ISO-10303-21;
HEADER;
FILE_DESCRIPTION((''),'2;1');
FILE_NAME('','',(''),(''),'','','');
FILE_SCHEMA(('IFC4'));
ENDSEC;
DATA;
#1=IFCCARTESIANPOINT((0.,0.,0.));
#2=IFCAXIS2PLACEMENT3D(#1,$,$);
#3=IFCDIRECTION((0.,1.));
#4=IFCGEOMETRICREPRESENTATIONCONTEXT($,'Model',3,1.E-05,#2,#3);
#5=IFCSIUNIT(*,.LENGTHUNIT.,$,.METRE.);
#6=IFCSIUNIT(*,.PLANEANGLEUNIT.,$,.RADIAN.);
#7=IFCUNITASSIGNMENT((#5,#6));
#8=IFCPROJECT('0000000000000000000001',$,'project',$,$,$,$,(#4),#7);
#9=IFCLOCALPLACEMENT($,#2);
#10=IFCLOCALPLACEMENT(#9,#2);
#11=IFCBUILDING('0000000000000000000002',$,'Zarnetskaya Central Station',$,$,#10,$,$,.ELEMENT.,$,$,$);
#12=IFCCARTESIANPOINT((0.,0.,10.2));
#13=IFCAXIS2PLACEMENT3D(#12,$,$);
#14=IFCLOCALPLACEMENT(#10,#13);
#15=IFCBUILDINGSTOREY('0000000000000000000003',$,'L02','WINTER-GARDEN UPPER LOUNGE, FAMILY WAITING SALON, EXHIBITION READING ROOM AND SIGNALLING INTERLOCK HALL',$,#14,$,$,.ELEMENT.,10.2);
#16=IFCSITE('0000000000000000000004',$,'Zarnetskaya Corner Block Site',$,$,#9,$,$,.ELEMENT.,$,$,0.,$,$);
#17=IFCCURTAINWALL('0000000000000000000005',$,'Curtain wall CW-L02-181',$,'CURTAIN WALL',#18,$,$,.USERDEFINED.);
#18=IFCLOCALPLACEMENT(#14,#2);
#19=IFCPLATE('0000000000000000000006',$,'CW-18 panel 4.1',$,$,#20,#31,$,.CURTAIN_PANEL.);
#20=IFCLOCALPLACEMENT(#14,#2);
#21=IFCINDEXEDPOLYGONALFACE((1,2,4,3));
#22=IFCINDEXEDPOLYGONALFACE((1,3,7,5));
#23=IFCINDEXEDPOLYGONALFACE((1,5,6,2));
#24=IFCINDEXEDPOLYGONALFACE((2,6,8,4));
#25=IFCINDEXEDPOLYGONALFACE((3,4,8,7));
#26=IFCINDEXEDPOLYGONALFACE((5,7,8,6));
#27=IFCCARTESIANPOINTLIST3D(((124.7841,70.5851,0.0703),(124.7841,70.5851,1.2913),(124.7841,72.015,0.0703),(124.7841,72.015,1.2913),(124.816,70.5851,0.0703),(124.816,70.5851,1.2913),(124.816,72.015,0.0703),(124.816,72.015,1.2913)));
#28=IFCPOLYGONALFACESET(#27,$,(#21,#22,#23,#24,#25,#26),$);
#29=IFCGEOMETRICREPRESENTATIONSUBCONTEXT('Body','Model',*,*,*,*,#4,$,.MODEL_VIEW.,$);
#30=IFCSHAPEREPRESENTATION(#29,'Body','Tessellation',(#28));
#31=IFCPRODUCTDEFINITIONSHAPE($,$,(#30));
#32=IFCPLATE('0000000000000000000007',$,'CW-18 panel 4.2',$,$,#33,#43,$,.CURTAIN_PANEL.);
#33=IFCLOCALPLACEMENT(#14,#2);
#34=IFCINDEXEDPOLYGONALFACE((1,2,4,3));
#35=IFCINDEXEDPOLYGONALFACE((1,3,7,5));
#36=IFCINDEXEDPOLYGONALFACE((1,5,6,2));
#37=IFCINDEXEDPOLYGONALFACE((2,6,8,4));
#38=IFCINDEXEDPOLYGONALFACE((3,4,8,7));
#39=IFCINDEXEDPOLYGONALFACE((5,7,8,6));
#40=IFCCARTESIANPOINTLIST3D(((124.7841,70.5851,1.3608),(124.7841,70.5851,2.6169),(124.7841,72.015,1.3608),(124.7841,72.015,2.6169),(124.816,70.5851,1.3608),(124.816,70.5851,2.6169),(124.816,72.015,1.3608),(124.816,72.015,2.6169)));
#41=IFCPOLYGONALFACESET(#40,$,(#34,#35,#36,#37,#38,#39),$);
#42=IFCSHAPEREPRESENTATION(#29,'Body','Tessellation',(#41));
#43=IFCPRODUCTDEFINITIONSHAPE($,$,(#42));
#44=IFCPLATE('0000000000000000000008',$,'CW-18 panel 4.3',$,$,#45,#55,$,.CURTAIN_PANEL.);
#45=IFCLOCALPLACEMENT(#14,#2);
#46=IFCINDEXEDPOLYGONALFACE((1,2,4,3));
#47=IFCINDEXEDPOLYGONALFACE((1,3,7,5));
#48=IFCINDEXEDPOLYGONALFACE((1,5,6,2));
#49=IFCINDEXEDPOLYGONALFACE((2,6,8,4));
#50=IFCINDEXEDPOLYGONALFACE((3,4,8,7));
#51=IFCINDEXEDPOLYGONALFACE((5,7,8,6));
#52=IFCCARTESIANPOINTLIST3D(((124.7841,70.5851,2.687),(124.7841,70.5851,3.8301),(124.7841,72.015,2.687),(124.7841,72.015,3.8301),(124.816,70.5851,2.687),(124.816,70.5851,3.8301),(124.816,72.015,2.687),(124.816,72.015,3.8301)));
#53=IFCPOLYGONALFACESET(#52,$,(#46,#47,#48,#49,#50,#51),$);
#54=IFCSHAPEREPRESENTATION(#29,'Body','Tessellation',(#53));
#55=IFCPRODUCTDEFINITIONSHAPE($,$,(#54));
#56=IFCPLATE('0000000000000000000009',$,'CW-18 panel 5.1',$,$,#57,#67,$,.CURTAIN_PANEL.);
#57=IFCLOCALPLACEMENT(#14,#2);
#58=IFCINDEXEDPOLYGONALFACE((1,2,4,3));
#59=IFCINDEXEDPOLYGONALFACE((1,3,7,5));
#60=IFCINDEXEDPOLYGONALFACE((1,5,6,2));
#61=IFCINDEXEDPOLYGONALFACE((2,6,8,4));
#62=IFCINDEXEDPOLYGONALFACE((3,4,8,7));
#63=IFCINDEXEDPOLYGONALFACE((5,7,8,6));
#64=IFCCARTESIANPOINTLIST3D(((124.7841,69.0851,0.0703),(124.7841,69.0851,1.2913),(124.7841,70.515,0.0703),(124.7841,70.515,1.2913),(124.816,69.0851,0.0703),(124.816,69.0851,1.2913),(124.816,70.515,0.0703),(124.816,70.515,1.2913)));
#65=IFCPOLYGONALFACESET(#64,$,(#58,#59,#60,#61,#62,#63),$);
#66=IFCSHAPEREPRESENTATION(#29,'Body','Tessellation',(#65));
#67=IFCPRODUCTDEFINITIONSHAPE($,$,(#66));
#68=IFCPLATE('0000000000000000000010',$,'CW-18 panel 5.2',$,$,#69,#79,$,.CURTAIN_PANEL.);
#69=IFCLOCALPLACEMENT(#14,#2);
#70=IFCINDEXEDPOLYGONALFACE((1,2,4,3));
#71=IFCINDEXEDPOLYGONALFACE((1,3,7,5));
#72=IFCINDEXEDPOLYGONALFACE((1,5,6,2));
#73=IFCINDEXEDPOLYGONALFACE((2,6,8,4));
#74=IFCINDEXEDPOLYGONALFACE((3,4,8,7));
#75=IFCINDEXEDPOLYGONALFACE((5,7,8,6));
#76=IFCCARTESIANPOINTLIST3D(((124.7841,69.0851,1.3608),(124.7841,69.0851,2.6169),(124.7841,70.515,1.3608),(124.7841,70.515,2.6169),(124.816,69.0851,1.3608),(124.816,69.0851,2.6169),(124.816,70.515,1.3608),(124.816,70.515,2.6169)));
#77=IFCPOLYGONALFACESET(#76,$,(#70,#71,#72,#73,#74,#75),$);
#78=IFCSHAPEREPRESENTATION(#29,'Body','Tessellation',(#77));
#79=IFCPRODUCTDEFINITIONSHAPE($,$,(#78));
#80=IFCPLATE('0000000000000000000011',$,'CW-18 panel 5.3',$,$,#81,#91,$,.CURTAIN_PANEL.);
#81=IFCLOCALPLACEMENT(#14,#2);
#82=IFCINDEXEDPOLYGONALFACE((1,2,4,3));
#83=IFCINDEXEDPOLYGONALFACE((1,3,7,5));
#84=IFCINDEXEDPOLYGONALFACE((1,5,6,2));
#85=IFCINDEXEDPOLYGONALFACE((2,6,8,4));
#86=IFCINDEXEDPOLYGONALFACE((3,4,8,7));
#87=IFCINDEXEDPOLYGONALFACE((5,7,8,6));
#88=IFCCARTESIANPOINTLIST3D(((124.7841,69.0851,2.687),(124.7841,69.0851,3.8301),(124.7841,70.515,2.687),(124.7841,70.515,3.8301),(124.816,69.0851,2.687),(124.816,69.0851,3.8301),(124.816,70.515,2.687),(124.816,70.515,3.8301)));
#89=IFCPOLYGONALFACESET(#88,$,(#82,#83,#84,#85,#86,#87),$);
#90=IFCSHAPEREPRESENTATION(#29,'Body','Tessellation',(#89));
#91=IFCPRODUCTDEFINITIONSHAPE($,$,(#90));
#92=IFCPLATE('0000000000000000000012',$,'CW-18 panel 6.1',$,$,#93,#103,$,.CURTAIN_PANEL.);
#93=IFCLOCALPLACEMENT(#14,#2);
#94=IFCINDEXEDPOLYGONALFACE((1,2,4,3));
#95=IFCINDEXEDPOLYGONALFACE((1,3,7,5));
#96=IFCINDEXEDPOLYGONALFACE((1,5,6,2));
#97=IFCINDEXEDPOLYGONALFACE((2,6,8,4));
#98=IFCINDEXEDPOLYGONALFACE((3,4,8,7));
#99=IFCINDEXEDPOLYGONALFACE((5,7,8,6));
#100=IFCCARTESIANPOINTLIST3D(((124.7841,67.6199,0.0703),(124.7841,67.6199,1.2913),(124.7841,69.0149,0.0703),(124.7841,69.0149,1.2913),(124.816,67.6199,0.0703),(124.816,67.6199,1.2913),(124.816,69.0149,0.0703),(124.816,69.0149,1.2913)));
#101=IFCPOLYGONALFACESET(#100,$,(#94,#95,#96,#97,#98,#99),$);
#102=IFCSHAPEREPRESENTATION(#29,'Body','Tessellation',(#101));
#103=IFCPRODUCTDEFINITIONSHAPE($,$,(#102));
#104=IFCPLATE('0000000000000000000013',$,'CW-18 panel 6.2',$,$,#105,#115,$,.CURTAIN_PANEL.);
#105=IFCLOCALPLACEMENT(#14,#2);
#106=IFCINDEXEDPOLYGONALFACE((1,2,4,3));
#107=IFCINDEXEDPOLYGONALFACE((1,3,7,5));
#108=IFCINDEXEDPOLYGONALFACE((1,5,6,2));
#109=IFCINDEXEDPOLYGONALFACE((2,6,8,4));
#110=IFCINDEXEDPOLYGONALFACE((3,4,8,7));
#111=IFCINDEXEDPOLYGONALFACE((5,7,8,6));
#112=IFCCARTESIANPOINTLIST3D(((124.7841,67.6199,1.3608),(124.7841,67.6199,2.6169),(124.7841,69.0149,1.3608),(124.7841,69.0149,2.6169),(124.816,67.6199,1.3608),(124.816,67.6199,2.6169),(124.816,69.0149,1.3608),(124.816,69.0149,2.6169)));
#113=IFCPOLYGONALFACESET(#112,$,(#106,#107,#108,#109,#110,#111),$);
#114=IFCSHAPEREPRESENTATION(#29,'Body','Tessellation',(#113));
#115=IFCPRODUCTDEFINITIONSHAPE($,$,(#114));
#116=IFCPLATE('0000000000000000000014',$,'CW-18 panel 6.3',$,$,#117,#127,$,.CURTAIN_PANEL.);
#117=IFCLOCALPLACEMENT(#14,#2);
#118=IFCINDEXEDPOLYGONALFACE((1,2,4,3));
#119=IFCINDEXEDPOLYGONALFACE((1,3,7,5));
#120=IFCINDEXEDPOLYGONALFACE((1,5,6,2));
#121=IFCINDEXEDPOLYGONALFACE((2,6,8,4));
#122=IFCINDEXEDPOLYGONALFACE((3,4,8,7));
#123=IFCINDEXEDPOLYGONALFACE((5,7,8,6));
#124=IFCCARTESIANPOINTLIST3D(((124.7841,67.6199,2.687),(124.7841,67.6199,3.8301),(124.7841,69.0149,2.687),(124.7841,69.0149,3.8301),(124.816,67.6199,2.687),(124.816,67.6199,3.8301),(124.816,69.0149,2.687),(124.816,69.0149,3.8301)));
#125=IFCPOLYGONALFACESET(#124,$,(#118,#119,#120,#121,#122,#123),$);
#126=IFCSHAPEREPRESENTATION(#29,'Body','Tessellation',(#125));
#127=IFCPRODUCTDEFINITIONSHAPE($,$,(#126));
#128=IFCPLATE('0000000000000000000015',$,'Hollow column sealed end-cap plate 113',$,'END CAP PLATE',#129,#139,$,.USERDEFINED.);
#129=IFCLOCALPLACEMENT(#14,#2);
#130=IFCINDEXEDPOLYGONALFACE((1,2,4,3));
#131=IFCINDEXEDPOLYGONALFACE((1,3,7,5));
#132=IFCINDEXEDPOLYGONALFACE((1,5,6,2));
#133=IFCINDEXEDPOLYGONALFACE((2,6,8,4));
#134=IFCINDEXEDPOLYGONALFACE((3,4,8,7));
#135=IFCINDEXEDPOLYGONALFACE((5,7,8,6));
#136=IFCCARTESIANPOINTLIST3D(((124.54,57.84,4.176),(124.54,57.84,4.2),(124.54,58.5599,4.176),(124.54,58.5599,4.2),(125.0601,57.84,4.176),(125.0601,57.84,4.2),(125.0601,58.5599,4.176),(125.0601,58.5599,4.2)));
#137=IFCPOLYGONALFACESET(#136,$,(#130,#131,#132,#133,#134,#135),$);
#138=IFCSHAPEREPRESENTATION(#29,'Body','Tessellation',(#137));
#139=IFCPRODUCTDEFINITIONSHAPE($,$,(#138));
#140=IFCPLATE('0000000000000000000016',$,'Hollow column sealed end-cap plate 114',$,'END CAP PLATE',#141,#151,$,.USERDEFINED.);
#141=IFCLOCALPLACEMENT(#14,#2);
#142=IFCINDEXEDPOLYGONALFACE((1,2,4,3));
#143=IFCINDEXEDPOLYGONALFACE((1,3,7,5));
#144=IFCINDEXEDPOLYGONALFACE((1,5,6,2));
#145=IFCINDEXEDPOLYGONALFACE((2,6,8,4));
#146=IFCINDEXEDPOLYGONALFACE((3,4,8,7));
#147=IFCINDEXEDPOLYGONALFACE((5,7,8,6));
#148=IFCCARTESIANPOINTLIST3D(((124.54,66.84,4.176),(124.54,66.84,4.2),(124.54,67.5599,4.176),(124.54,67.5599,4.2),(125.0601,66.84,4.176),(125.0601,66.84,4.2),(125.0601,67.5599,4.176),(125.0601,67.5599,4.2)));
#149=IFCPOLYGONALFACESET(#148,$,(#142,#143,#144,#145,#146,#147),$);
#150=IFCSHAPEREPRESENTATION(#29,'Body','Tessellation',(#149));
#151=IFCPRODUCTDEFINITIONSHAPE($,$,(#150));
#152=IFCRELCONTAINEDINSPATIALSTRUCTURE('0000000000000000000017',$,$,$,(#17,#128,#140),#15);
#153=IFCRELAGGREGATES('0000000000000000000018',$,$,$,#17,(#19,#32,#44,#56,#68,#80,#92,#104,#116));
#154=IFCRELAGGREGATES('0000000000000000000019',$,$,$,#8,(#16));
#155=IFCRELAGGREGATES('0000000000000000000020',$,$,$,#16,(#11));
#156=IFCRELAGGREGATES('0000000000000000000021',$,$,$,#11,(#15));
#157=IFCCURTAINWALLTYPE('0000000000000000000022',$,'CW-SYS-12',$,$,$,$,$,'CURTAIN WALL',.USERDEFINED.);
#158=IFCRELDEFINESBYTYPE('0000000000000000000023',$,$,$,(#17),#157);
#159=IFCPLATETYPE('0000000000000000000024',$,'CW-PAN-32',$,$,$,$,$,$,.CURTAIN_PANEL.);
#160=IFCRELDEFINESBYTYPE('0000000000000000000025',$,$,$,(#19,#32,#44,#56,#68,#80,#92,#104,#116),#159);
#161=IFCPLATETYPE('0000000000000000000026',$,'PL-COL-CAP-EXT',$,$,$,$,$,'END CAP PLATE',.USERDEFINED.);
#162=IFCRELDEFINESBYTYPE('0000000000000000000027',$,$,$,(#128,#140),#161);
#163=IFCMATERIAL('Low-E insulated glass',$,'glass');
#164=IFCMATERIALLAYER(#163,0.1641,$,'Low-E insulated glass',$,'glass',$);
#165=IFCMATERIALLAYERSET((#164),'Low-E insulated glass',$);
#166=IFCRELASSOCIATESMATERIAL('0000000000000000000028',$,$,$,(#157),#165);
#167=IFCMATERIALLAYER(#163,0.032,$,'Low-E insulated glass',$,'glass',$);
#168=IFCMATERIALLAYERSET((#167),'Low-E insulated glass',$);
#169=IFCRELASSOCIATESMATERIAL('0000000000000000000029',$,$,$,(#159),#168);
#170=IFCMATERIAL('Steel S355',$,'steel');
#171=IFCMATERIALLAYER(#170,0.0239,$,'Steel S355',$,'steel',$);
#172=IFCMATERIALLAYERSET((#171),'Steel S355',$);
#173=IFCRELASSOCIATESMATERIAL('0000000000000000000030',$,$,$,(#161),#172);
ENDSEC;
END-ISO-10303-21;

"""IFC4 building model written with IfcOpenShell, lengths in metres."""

from ifc_helpers import new_model, si_unit, direction, frame, origin, origin_2d, place, context, subcontext, project, spatial, rectangle, extrude, material, layer, layer_set, type_object, element, aggregate, save


model = new_model("IFC4")

# Units and contexts
model_context = context("Model", 3, precision=1e-05, world=origin(), true_north=direction((0.0, 1.0)))
body_context = subcontext(model_context, "Body", "Model", "MODEL_VIEW")
ifc_project = project(units=[si_unit("LENGTHUNIT", "METRE"), si_unit("PLANEANGLEUNIT", "RADIAN")], contexts=[model_context])

# Site, building, storey
site_placement = place(None, origin())
site = spatial("IfcSite", under=ifc_project, at=site_placement, Name="Zarnetskaya Corner Block Site", CompositionType="ELEMENT", RefElevation=0.0)
building_placement = place(site_placement, origin())
building = spatial("IfcBuilding", under=site, at=building_placement, Name="Zarnetskaya Central Station", CompositionType="ELEMENT")
storey_placement = place(building_placement, frame((0.0, 0.0, 10.2)))
storey = spatial("IfcBuildingStorey", under=building, at=storey_placement, Name="L02", Description="WINTER-GARDEN UPPER LOUNGE, FAMILY WAITING SALON, EXHIBITION READING ROOM AND SIGNALLING INTERLOCK HALL", CompositionType="ELEMENT", Elevation=10.2)

# Shared definitions
ifc_material_1 = material(Name="Steel S355", Category="steel")

# Curtain wall, plates
ifc_material_2 = material(Name="Low-E insulated glass", Category="glass")
ifc_layer_1 = layer(ifc_material_2, 0.1641, Name="Low-E insulated glass", Category="glass")
ifc_layer_set_1 = layer_set([ifc_layer_1], Name="Low-E insulated glass")
curtain_wall_type = type_object("IfcCurtainWallType", Name="CW-SYS-12", ElementType="CURTAIN WALL", PredefinedType="USERDEFINED", material=ifc_layer_set_1)
curtain_wall_placement = place(storey_placement, origin())
curtain_wall = element("IfcCurtainWall", 1, at=curtain_wall_placement, inside=storey, type_object=curtain_wall_type, Name="Curtain wall CW-L02-181", ObjectType="CURTAIN WALL", PredefinedType="USERDEFINED")
ifc_layer_2 = layer(ifc_material_2, 0.032, Name="Low-E insulated glass", Category="glass")
ifc_layer_set_2 = layer_set([ifc_layer_2], Name="Low-E insulated glass")
plate_type_1 = type_object("IfcPlateType", Name="CW-PAN-32", PredefinedType="CURTAIN_PANEL", material=ifc_layer_set_2)
plate_1_placement = place(storey_placement, frame((124.8, 71.3, 0.0703), z_axis=(0.0, 0.0, 1.0), x_axis=(0.0, -1.0, 0.0)))
plate_1 = element("IfcPlate", 2, at=plate_1_placement, type_object=plate_type_1, Name="CW-18 panel 4.1", PredefinedType="CURTAIN_PANEL", context=body_context, shape_type="SweptSolid", body=[
    extrude(rectangle(XDim=1.4299, YDim=0.032, at=origin_2d()), origin(), (0.0, 0.0, 1.0), 1.2209),
])
plate_2_placement = place(storey_placement, frame((124.8, 71.3, 1.3608), z_axis=(0.0, 0.0, 1.0), x_axis=(0.0, -1.0, 0.0)))
plate_2 = element("IfcPlate", 3, at=plate_2_placement, type_object=plate_type_1, Name="CW-18 panel 4.2", PredefinedType="CURTAIN_PANEL", context=body_context, shape_type="SweptSolid", body=[
    extrude(rectangle(XDim=1.4299, YDim=0.032, at=origin_2d()), origin(), (0.0, 0.0, 1.0), 1.2561),
])
plate_3_placement = place(storey_placement, frame((124.8, 71.3, 2.687), z_axis=(0.0, 0.0, 1.0), x_axis=(0.0, -1.0, 0.0)))
plate_3 = element("IfcPlate", 4, at=plate_3_placement, type_object=plate_type_1, Name="CW-18 panel 4.3", PredefinedType="CURTAIN_PANEL", context=body_context, shape_type="SweptSolid", body=[
    extrude(rectangle(XDim=1.4299, YDim=0.032, at=origin_2d()), origin(), (0.0, 0.0, 1.0), 1.1431),
])
plate_4_placement = place(storey_placement, frame((124.8, 69.8, 0.0703), z_axis=(0.0, 0.0, 1.0), x_axis=(0.0, -1.0, 0.0)))
plate_4 = element("IfcPlate", 5, at=plate_4_placement, type_object=plate_type_1, Name="CW-18 panel 5.1", PredefinedType="CURTAIN_PANEL", context=body_context, shape_type="SweptSolid", body=[
    extrude(rectangle(XDim=1.4299, YDim=0.032, at=origin_2d()), origin(), (0.0, 0.0, 1.0), 1.2209),
])
plate_5_placement = place(storey_placement, frame((124.8, 69.8, 1.3608), z_axis=(0.0, 0.0, 1.0), x_axis=(0.0, -1.0, 0.0)))
plate_5 = element("IfcPlate", 6, at=plate_5_placement, type_object=plate_type_1, Name="CW-18 panel 5.2", PredefinedType="CURTAIN_PANEL", context=body_context, shape_type="SweptSolid", body=[
    extrude(rectangle(XDim=1.4299, YDim=0.032, at=origin_2d()), origin(), (0.0, 0.0, 1.0), 1.2561),
])
plate_6_placement = place(storey_placement, frame((124.8, 69.8, 2.687), z_axis=(0.0, 0.0, 1.0), x_axis=(0.0, -1.0, 0.0)))
plate_6 = element("IfcPlate", 7, at=plate_6_placement, type_object=plate_type_1, Name="CW-18 panel 5.3", PredefinedType="CURTAIN_PANEL", context=body_context, shape_type="SweptSolid", body=[
    extrude(rectangle(XDim=1.4299, YDim=0.032, at=origin_2d()), origin(), (0.0, 0.0, 1.0), 1.1431),
])
plate_7_placement = place(storey_placement, frame((124.8, 68.3174, 0.0703), z_axis=(0.0, 0.0, 1.0), x_axis=(0.0, -1.0, 0.0)))
plate_7 = element("IfcPlate", 8, at=plate_7_placement, type_object=plate_type_1, Name="CW-18 panel 6.1", PredefinedType="CURTAIN_PANEL", context=body_context, shape_type="SweptSolid", body=[
    extrude(rectangle(XDim=1.395, YDim=0.032, at=origin_2d()), origin(), (0.0, 0.0, 1.0), 1.2209),
])
plate_8_placement = place(storey_placement, frame((124.8, 68.3174, 1.3608), z_axis=(0.0, 0.0, 1.0), x_axis=(0.0, -1.0, 0.0)))
plate_8 = element("IfcPlate", 9, at=plate_8_placement, type_object=plate_type_1, Name="CW-18 panel 6.2", PredefinedType="CURTAIN_PANEL", context=body_context, shape_type="SweptSolid", body=[
    extrude(rectangle(XDim=1.395, YDim=0.032, at=origin_2d()), origin(), (0.0, 0.0, 1.0), 1.2561),
])
plate_9_placement = place(storey_placement, frame((124.8, 68.3174, 2.687), z_axis=(0.0, 0.0, 1.0), x_axis=(0.0, -1.0, 0.0)))
plate_9 = element("IfcPlate", 10, at=plate_9_placement, type_object=plate_type_1, Name="CW-18 panel 6.3", PredefinedType="CURTAIN_PANEL", context=body_context, shape_type="SweptSolid", body=[
    extrude(rectangle(XDim=1.395, YDim=0.032, at=origin_2d()), origin(), (0.0, 0.0, 1.0), 1.1431),
])
aggregate(curtain_wall, [plate_1, plate_2, plate_3, plate_4, plate_5, plate_6, plate_7, plate_8, plate_9])

# Plates
ifc_layer_3 = layer(ifc_material_1, 0.0239, Name="Steel S355", Category="steel")
ifc_layer_set_3 = layer_set([ifc_layer_3], Name="Steel S355")
plate_type_2 = type_object("IfcPlateType", Name="PL-COL-CAP-EXT", ElementType="END CAP PLATE", PredefinedType="USERDEFINED", material=ifc_layer_set_3)
for number, where, z_axis, x_axis, name in (
    (11, (124.8, 58.2, 4.176), (0.0, 0.0, 1.0), (1.0, 0.0, 0.0), "Hollow column sealed end-cap plate 113"),
    (12, (124.8, 67.2, 4.176), (0.0, 0.0, 1.0), (1.0, 0.0, 0.0), "Hollow column sealed end-cap plate 114"),
):
    element("IfcPlate", number, at=place(storey_placement, frame(where, z_axis=z_axis, x_axis=x_axis)), inside=storey, type_object=plate_type_2, Name=name, ObjectType="END CAP PLATE", PredefinedType="USERDEFINED", context=body_context, shape_type="SweptSolid", body=[
        extrude(rectangle(XDim=0.52, YDim=0.72, at=origin_2d()), origin(), (0.0, 0.0, 1.0), 0.0239),
    ])

save(model, "model.ifc")
